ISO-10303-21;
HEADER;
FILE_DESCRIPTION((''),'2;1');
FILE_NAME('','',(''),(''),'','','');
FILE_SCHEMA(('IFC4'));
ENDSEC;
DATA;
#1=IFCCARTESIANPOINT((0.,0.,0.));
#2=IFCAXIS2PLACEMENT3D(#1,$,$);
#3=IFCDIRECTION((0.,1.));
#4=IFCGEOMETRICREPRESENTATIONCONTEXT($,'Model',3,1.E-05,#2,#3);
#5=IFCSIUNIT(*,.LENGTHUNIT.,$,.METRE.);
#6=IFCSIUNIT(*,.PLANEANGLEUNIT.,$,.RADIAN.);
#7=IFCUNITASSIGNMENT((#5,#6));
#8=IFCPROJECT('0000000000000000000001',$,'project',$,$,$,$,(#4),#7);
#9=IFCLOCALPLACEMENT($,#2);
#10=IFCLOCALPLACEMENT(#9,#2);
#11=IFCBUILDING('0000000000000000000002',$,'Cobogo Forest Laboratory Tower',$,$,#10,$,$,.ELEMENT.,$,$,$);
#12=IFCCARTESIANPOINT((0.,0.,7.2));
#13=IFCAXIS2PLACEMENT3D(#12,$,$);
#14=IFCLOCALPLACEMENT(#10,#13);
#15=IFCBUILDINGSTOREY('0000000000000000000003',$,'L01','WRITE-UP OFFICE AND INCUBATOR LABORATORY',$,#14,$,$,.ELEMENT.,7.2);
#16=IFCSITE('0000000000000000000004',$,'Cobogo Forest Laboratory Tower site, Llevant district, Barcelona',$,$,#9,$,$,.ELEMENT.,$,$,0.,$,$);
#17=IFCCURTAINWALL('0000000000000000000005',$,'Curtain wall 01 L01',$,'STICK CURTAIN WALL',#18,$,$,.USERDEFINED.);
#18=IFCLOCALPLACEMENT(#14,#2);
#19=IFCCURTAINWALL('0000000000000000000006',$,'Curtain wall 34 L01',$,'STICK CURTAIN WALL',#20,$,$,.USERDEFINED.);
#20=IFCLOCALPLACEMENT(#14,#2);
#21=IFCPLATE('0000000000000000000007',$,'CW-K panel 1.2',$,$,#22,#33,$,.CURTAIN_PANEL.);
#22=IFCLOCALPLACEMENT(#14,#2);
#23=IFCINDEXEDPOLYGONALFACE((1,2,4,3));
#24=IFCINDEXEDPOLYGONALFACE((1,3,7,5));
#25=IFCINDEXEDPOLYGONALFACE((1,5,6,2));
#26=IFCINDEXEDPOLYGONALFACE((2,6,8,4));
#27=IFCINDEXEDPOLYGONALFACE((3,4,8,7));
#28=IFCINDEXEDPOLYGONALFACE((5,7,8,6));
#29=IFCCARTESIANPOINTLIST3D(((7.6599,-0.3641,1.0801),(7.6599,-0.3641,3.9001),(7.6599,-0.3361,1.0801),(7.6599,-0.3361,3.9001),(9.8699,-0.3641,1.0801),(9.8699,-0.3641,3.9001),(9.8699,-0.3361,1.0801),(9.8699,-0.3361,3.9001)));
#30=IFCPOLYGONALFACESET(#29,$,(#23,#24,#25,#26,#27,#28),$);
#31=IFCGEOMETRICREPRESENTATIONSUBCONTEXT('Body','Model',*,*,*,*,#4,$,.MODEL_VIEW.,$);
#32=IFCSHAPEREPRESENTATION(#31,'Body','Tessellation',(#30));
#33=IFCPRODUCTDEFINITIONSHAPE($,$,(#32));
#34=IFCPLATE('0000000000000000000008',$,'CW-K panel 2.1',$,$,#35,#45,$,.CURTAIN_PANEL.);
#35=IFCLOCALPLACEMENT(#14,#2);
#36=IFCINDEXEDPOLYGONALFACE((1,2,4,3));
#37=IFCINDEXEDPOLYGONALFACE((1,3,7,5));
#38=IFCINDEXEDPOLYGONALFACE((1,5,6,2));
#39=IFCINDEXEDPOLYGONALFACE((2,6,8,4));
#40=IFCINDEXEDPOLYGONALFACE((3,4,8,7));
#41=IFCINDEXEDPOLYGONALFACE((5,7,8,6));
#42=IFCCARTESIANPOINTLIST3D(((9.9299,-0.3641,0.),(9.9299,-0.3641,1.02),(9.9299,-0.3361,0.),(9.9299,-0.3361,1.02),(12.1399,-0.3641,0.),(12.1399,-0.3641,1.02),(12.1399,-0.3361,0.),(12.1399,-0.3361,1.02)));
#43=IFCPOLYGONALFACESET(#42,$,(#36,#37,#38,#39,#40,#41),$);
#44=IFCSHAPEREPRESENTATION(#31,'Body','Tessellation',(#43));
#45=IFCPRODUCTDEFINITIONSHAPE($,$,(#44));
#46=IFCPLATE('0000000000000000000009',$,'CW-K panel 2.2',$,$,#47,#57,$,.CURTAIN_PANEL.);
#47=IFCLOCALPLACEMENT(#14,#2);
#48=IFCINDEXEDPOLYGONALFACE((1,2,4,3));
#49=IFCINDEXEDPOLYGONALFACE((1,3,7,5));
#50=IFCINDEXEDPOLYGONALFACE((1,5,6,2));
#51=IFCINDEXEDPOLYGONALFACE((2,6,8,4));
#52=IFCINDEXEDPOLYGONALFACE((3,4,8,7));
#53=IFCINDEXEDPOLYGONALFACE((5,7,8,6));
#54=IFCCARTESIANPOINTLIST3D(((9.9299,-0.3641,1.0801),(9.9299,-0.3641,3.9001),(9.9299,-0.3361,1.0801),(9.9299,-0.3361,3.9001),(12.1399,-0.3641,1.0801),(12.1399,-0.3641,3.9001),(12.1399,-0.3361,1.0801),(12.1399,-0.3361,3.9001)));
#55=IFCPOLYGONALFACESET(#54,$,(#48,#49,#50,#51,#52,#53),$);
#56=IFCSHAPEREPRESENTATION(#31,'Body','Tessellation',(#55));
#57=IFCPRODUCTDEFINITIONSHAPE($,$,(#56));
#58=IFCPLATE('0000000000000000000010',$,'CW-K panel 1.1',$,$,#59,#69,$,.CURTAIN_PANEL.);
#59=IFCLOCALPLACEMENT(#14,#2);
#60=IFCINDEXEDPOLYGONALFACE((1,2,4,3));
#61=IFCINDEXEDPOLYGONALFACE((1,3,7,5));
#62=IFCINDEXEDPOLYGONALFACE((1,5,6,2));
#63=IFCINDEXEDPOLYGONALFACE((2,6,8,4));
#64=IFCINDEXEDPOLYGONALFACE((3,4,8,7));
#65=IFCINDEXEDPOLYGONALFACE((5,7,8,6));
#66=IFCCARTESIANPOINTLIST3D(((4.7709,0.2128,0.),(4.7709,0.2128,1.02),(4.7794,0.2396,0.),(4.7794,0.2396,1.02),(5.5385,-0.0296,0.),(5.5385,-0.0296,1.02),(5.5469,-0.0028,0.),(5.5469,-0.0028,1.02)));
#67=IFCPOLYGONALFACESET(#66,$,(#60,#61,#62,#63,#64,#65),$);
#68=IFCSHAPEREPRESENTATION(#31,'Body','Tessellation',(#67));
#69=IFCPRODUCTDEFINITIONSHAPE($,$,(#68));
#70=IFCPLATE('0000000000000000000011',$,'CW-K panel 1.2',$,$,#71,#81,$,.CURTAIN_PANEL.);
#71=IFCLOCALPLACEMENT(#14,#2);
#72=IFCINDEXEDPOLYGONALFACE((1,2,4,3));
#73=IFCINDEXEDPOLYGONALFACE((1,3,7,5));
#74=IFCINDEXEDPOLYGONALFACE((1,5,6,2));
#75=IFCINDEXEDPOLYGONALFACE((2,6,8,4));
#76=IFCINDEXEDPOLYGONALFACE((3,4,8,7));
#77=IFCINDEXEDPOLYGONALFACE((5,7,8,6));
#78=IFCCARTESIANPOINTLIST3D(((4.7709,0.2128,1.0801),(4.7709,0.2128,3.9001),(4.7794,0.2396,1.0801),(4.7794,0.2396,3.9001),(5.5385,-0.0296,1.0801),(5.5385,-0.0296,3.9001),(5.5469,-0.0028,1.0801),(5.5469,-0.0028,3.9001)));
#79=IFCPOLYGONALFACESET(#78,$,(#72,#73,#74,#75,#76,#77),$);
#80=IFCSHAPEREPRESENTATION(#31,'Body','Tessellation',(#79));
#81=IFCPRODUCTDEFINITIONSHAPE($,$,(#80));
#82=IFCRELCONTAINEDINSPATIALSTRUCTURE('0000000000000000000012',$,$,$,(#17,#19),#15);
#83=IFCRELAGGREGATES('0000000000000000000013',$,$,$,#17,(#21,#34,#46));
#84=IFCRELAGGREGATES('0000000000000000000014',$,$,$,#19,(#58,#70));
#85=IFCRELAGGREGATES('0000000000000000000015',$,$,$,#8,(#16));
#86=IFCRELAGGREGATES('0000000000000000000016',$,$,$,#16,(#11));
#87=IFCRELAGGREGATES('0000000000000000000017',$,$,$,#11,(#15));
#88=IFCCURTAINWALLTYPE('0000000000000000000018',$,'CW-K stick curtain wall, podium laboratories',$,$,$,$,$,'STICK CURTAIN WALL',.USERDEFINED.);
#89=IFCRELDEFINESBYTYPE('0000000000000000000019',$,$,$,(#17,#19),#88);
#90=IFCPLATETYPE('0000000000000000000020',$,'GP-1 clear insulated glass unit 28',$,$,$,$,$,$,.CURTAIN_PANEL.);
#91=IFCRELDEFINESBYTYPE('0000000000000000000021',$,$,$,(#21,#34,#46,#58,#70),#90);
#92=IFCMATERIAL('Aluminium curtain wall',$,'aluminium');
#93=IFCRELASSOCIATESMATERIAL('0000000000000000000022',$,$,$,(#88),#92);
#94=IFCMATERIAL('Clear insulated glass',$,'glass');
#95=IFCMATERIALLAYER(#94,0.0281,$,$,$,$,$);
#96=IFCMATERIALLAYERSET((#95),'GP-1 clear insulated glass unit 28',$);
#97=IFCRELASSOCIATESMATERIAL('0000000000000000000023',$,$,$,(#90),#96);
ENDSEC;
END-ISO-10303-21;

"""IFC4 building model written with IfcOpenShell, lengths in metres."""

from ifc_helpers import new_model, si_unit, direction, frame, origin, origin_2d, place, context, subcontext, project, spatial, rectangle, extrude, material, layer, layer_set, type_object, element, aggregate, save


model = new_model("IFC4")

# Units and contexts
model_context = context("Model", 3, precision=1e-05, world=origin(), true_north=direction((0.0, 1.0)))
body_context = subcontext(model_context, "Body", "Model", "MODEL_VIEW")
ifc_project = project(units=[si_unit("LENGTHUNIT", "METRE"), si_unit("PLANEANGLEUNIT", "RADIAN")], contexts=[model_context])

# Site, building, storey
site_placement = place(None, origin())
site = spatial("IfcSite", under=ifc_project, at=site_placement, Name="Cobogo Forest Laboratory Tower site, Llevant district, Barcelona", CompositionType="ELEMENT", RefElevation=0.0)
building_placement = place(site_placement, origin())
building = spatial("IfcBuilding", under=site, at=building_placement, Name="Cobogo Forest Laboratory Tower", CompositionType="ELEMENT")
storey_placement = place(building_placement, frame((0.0, 0.0, 7.2)))
storey = spatial("IfcBuildingStorey", under=building, at=storey_placement, Name="L01", Description="WRITE-UP OFFICE AND INCUBATOR LABORATORY", CompositionType="ELEMENT", Elevation=7.2)

# Curtain wall
ifc_material_1 = material(Name="Aluminium curtain wall", Category="aluminium")
curtain_wall_type = type_object("IfcCurtainWallType", Name="CW-K stick curtain wall, podium laboratories", ElementType="STICK CURTAIN WALL", PredefinedType="USERDEFINED", material=ifc_material_1)
curtain_wall_1_placement = place(storey_placement, origin())
curtain_wall_1 = element("IfcCurtainWall", 1, at=curtain_wall_1_placement, inside=storey, type_object=curtain_wall_type, Name="Curtain wall 01 L01", ObjectType="STICK CURTAIN WALL", PredefinedType="USERDEFINED")

# Curtain wall
curtain_wall_2_placement = place(storey_placement, origin())
curtain_wall_2 = element("IfcCurtainWall", 2, at=curtain_wall_2_placement, inside=storey, type_object=curtain_wall_type, Name="Curtain wall 34 L01", ObjectType="STICK CURTAIN WALL", PredefinedType="USERDEFINED")

# Plates
ifc_material_2 = material(Name="Clear insulated glass", Category="glass")
ifc_layer_1 = layer(ifc_material_2, 0.0281)
ifc_layer_set_1 = layer_set([ifc_layer_1], Name="GP-1 clear insulated glass unit 28")
plate_type_1 = type_object("IfcPlateType", Name="GP-1 clear insulated glass unit 28", PredefinedType="CURTAIN_PANEL", material=ifc_layer_set_1)
plate_1_placement = place(storey_placement, frame((8.7649, -0.3501, 1.0801), z_axis=(0.0, 0.0, 1.0), x_axis=(1.0, 0.0, 0.0)))
plate_1 = element("IfcPlate", 3, at=plate_1_placement, type_object=plate_type_1, Name="CW-K panel 1.2", PredefinedType="CURTAIN_PANEL", context=body_context, shape_type="SweptSolid", body=[
    extrude(rectangle(XDim=2.21, YDim=0.0281, at=origin_2d()), origin(), (0.0, 0.0, 1.0), 2.8201),
])
plate_2_placement = place(storey_placement, frame((11.0349, -0.3501, 0.0), z_axis=(0.0, 0.0, 1.0), x_axis=(1.0, 0.0, 0.0)))
plate_2 = element("IfcPlate", 4, at=plate_2_placement, type_object=plate_type_1, Name="CW-K panel 2.1", PredefinedType="CURTAIN_PANEL", context=body_context, shape_type="SweptSolid", body=[
    extrude(rectangle(XDim=2.21, YDim=0.0281, at=origin_2d()), origin(), (0.0, 0.0, 1.0), 1.02),
])
plate_3_placement = place(storey_placement, frame((11.0349, -0.3501, 1.0801), z_axis=(0.0, 0.0, 1.0), x_axis=(1.0, 0.0, 0.0)))
plate_3 = element("IfcPlate", 5, at=plate_3_placement, type_object=plate_type_1, Name="CW-K panel 2.2", PredefinedType="CURTAIN_PANEL", context=body_context, shape_type="SweptSolid", body=[
    extrude(rectangle(XDim=2.21, YDim=0.0281, at=origin_2d()), origin(), (0.0, 0.0, 1.0), 2.8201),
])
aggregate(curtain_wall_1, [plate_1, plate_2, plate_3])
plate_4_placement = place(storey_placement, frame((5.1589, 0.105, 0.0), z_axis=(0.0, 0.0, 1.0), x_axis=(0.953581, -0.301135, 0.0)))
plate_4 = element("IfcPlate", 6, at=plate_4_placement, type_object=plate_type_1, Name="CW-K panel 1.1", PredefinedType="CURTAIN_PANEL", context=body_context, shape_type="SweptSolid", body=[
    extrude(rectangle(XDim=0.8049, YDim=0.0281, at=origin_2d()), origin(), (0.0, 0.0, 1.0), 1.02),
])
plate_5_placement = place(storey_placement, frame((5.1589, 0.105, 1.0801), z_axis=(0.0, 0.0, 1.0), x_axis=(0.953581, -0.301135, 0.0)))
plate_5 = element("IfcPlate", 7, at=plate_5_placement, type_object=plate_type_1, Name="CW-K panel 1.2", PredefinedType="CURTAIN_PANEL", context=body_context, shape_type="SweptSolid", body=[
    extrude(rectangle(XDim=0.8049, YDim=0.0281, at=origin_2d()), origin(), (0.0, 0.0, 1.0), 2.8201),
])
aggregate(curtain_wall_2, [plate_4, plate_5])

save(model, "model.ifc")
